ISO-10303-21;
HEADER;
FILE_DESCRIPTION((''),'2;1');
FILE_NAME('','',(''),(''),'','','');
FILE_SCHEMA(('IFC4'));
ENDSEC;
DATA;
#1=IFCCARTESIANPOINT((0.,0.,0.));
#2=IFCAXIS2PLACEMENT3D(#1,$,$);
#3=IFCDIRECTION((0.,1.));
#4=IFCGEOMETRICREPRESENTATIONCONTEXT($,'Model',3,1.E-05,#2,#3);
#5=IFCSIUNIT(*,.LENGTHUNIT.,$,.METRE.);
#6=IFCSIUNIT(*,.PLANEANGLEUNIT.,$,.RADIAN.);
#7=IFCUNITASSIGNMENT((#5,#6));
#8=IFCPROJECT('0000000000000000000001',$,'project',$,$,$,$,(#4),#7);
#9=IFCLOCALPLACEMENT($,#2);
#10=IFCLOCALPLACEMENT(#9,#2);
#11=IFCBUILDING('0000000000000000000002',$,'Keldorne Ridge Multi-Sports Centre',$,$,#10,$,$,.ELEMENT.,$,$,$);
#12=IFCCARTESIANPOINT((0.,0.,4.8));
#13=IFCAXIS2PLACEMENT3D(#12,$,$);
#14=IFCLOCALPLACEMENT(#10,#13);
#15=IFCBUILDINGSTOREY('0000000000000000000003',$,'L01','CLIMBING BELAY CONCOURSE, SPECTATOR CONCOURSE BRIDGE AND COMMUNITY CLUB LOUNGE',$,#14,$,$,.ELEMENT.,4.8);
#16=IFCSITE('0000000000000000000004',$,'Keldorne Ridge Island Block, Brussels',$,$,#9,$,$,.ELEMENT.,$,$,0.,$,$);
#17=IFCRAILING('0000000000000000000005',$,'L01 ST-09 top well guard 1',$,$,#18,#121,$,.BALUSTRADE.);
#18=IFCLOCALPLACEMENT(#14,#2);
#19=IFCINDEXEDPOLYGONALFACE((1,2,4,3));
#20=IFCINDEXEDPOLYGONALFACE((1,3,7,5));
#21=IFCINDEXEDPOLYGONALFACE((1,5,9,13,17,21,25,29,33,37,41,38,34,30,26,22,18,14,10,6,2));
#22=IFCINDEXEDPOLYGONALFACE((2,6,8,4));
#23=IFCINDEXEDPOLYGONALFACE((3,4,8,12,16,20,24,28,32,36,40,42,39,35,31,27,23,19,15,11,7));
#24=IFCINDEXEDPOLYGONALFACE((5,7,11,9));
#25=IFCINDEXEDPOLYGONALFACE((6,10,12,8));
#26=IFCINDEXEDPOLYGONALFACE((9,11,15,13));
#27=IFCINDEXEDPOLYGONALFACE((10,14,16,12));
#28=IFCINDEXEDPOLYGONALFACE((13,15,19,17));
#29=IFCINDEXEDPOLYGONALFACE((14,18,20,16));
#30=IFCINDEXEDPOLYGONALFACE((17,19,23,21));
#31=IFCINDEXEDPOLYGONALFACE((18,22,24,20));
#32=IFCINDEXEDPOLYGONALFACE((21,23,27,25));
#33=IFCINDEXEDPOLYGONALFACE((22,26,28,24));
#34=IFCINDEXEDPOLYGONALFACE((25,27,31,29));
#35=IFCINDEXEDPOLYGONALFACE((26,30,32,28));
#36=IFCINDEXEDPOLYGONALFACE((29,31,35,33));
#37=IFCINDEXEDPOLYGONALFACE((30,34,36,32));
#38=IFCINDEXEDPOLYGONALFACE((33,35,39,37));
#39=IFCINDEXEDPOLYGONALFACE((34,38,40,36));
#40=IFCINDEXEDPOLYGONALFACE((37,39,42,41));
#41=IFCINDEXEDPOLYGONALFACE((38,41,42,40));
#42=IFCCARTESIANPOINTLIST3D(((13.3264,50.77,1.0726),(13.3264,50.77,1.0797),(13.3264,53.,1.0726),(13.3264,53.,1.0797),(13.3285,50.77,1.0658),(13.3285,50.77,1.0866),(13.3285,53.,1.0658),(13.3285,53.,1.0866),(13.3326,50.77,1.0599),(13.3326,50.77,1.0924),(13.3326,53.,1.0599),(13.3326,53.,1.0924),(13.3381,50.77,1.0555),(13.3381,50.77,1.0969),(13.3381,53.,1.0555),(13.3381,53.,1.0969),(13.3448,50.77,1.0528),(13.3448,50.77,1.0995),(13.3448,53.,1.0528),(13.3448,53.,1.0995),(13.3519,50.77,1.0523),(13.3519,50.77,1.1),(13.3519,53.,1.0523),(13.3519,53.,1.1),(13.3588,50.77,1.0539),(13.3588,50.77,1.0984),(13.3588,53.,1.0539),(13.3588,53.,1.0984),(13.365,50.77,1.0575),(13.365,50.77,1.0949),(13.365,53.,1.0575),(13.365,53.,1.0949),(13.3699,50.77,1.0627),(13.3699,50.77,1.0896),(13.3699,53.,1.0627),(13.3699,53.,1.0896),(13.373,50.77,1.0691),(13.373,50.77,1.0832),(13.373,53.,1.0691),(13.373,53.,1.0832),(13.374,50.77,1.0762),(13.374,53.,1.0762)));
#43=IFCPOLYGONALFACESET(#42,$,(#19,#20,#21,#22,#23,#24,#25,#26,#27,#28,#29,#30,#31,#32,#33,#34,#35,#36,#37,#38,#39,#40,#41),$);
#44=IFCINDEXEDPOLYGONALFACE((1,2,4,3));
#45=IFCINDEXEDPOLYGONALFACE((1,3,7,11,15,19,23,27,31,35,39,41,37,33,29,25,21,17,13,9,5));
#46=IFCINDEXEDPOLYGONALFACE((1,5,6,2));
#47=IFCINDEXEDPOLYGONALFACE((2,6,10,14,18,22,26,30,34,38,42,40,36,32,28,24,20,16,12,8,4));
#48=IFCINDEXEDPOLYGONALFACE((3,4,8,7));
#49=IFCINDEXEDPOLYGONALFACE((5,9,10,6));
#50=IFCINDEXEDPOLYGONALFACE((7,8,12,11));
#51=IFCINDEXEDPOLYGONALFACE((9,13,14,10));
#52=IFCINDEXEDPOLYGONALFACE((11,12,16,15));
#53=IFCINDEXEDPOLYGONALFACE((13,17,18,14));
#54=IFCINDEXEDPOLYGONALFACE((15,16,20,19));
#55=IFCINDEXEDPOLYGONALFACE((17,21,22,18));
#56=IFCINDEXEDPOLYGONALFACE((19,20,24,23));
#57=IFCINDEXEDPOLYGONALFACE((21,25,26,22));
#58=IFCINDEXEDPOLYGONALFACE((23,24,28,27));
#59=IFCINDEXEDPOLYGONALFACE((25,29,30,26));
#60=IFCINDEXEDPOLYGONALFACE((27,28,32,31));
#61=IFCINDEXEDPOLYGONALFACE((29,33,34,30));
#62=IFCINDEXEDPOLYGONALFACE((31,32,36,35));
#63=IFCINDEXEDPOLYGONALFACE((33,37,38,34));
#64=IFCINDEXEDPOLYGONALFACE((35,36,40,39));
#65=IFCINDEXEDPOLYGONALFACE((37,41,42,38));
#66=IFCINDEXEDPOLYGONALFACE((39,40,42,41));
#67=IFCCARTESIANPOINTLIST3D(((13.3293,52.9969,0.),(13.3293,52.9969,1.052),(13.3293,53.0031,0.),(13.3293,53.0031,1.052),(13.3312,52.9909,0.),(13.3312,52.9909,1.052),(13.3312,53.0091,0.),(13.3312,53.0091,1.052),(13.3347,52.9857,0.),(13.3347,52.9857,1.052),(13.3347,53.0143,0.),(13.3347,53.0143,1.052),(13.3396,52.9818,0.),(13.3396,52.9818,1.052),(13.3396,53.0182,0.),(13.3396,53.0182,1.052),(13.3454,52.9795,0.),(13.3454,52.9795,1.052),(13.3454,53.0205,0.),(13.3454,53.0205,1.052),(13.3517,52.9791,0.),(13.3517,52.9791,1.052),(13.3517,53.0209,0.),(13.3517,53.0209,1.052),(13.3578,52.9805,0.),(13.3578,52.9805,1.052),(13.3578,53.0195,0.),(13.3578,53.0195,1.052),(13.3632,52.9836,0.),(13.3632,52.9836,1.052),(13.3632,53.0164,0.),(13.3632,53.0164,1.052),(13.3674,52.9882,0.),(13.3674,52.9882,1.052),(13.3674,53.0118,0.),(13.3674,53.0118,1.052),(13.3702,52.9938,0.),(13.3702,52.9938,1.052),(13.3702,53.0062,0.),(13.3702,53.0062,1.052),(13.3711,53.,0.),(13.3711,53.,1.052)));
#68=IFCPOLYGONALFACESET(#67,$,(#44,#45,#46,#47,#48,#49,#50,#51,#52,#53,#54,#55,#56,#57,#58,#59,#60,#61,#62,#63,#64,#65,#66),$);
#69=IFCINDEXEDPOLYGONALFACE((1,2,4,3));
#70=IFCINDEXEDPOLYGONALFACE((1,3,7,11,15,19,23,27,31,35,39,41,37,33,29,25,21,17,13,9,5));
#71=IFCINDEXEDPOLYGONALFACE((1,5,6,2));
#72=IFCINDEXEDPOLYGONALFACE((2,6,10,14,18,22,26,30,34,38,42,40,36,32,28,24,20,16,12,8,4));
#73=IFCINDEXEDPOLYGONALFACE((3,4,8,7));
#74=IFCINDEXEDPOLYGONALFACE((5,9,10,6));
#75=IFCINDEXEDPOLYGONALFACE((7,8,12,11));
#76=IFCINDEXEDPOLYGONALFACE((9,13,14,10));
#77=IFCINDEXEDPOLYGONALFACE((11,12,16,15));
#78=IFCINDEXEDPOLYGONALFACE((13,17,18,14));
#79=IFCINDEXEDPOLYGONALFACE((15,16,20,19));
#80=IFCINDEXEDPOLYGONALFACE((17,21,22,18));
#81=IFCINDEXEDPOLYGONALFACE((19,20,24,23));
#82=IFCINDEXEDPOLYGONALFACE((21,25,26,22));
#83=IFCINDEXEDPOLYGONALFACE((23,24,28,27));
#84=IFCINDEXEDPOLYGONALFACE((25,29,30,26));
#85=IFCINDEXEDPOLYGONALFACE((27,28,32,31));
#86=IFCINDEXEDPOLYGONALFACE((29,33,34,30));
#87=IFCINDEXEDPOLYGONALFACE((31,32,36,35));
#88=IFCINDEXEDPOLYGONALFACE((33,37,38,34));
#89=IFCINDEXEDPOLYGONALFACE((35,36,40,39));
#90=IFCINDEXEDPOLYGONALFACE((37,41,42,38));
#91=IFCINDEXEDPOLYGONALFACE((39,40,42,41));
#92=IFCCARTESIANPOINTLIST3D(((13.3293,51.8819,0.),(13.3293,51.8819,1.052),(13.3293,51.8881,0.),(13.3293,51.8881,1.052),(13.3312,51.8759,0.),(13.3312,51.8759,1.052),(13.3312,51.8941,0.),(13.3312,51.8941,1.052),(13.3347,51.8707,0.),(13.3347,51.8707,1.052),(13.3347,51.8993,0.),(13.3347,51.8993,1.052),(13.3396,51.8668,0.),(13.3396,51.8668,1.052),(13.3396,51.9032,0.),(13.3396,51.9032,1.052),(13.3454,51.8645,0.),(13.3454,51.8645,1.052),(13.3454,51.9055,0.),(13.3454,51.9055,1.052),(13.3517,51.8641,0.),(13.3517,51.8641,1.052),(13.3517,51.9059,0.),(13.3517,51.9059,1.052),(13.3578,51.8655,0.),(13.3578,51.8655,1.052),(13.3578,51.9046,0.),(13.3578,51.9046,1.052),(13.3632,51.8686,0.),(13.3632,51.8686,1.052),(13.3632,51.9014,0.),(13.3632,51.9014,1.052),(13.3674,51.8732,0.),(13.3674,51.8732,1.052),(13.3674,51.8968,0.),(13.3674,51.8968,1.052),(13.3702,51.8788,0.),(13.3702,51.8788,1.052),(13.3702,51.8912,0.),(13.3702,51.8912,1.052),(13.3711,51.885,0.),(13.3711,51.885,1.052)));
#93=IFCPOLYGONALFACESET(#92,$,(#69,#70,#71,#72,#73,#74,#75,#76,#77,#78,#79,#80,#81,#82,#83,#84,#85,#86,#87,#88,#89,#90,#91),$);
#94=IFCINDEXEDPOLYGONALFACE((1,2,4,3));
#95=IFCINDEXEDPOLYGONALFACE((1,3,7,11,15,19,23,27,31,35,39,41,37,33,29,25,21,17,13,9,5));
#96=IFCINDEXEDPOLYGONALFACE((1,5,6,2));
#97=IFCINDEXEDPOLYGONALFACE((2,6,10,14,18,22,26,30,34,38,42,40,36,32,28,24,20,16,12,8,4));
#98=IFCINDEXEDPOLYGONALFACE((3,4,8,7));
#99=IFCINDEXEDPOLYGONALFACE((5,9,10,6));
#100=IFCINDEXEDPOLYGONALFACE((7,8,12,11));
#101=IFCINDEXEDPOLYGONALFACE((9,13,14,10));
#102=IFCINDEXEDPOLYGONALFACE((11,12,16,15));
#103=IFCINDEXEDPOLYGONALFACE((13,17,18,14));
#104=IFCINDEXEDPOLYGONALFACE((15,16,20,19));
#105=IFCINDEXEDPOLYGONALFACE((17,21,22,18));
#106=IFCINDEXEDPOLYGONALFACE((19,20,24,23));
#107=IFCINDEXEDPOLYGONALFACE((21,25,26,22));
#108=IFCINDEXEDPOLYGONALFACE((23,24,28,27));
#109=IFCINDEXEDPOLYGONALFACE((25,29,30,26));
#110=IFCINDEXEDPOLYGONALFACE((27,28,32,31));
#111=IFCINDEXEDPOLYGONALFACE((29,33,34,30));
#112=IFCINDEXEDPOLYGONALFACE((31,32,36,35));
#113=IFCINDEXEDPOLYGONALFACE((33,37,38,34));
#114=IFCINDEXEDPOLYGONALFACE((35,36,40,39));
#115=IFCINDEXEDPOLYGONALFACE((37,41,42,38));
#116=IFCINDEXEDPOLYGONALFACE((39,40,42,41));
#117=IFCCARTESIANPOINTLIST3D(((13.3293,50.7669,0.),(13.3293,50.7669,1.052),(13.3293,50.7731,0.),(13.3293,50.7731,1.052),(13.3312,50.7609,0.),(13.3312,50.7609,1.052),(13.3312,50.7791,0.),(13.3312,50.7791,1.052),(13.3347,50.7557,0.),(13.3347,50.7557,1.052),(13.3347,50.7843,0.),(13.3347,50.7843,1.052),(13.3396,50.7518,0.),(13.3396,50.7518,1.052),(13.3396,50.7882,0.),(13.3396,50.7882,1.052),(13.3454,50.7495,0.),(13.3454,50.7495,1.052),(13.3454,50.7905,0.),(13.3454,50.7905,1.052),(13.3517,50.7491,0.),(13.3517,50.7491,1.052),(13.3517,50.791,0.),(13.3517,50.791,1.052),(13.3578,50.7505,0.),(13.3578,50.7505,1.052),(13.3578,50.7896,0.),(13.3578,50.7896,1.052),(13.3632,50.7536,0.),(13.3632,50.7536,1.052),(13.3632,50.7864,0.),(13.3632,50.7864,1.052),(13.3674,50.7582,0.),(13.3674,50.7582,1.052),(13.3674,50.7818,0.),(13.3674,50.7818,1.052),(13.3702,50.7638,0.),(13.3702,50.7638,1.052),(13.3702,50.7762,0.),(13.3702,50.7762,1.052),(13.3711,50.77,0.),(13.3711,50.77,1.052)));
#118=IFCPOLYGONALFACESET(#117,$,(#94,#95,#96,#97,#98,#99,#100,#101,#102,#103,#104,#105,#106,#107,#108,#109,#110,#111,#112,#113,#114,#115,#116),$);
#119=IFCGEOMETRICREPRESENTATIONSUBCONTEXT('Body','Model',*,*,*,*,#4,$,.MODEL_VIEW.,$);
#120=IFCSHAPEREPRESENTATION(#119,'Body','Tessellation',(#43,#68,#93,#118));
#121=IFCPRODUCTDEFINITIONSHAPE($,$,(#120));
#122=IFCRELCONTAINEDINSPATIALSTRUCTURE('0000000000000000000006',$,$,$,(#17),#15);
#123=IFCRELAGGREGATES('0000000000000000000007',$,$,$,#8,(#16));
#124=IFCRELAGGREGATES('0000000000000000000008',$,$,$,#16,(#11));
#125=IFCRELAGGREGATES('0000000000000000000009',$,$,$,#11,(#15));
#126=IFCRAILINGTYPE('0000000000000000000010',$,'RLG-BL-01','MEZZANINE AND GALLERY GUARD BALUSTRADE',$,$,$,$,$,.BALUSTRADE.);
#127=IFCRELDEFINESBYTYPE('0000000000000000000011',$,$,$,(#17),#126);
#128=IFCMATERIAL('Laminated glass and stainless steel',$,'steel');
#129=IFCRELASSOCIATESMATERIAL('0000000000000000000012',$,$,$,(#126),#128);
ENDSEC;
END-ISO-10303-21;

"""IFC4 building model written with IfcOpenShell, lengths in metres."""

from ifc_helpers import new_model, si_unit, direction, frame, origin, origin_2d, place, context, subcontext, project, spatial, circle, extrude, material, type_object, element, save


model = new_model("IFC4")

# Units and contexts
model_context = context("Model", 3, precision=1e-05, world=origin(), true_north=direction((0.0, 1.0)))
body_context = subcontext(model_context, "Body", "Model", "MODEL_VIEW")
ifc_project = project(units=[si_unit("LENGTHUNIT", "METRE"), si_unit("PLANEANGLEUNIT", "RADIAN")], contexts=[model_context])

# Site, building, storey
site_placement = place(None, origin())
site = spatial("IfcSite", under=ifc_project, at=site_placement, Name="Keldorne Ridge Island Block, Brussels", CompositionType="ELEMENT", RefElevation=0.0)
building_placement = place(site_placement, origin())
building = spatial("IfcBuilding", under=site, at=building_placement, Name="Keldorne Ridge Multi-Sports Centre", CompositionType="ELEMENT")
storey_placement = place(building_placement, frame((0.0, 0.0, 4.8)))
storey = spatial("IfcBuildingStorey", under=building, at=storey_placement, Name="L01", Description="CLIMBING BELAY CONCOURSE, SPECTATOR CONCOURSE BRIDGE AND COMMUNITY CLUB LOUNGE", CompositionType="ELEMENT", Elevation=4.8)

# Railing
ifc_material_1 = material(Name="Laminated glass and stainless steel", Category="steel")
railing_type = type_object("IfcRailingType", Name="RLG-BL-01", Description="MEZZANINE AND GALLERY GUARD BALUSTRADE", PredefinedType="BALUSTRADE", material=ifc_material_1)
railing_placement = place(storey_placement, frame((13.3501, 53.0, 0.0)))
element("IfcRailing", 1, at=railing_placement, inside=storey, type_object=railing_type, Name="L01 ST-09 top well guard 1", PredefinedType="BALUSTRADE", context=body_context, shape_type="SweptSolid", body=[
    extrude(circle(Radius=0.0239, at=origin_2d()), frame((0.0, 0.0, 1.0762), z_axis=(0.0, -1.0, 0.0), x_axis=(1.0, 0.0, 0.0)), (0.0, 0.0, 1.0), 2.23),
    extrude(circle(Radius=0.021, at=origin_2d()), origin(), (0.0, 0.0, 1.0), 1.052),
    extrude(circle(Radius=0.021, at=origin_2d()), frame((0.0, -1.115, 0.0)), (0.0, 0.0, 1.0), 1.052),
    extrude(circle(Radius=0.021, at=origin_2d()), frame((0.0, -2.23, 0.0)), (0.0, 0.0, 1.0), 1.052),
])

save(model, "model.ifc")
